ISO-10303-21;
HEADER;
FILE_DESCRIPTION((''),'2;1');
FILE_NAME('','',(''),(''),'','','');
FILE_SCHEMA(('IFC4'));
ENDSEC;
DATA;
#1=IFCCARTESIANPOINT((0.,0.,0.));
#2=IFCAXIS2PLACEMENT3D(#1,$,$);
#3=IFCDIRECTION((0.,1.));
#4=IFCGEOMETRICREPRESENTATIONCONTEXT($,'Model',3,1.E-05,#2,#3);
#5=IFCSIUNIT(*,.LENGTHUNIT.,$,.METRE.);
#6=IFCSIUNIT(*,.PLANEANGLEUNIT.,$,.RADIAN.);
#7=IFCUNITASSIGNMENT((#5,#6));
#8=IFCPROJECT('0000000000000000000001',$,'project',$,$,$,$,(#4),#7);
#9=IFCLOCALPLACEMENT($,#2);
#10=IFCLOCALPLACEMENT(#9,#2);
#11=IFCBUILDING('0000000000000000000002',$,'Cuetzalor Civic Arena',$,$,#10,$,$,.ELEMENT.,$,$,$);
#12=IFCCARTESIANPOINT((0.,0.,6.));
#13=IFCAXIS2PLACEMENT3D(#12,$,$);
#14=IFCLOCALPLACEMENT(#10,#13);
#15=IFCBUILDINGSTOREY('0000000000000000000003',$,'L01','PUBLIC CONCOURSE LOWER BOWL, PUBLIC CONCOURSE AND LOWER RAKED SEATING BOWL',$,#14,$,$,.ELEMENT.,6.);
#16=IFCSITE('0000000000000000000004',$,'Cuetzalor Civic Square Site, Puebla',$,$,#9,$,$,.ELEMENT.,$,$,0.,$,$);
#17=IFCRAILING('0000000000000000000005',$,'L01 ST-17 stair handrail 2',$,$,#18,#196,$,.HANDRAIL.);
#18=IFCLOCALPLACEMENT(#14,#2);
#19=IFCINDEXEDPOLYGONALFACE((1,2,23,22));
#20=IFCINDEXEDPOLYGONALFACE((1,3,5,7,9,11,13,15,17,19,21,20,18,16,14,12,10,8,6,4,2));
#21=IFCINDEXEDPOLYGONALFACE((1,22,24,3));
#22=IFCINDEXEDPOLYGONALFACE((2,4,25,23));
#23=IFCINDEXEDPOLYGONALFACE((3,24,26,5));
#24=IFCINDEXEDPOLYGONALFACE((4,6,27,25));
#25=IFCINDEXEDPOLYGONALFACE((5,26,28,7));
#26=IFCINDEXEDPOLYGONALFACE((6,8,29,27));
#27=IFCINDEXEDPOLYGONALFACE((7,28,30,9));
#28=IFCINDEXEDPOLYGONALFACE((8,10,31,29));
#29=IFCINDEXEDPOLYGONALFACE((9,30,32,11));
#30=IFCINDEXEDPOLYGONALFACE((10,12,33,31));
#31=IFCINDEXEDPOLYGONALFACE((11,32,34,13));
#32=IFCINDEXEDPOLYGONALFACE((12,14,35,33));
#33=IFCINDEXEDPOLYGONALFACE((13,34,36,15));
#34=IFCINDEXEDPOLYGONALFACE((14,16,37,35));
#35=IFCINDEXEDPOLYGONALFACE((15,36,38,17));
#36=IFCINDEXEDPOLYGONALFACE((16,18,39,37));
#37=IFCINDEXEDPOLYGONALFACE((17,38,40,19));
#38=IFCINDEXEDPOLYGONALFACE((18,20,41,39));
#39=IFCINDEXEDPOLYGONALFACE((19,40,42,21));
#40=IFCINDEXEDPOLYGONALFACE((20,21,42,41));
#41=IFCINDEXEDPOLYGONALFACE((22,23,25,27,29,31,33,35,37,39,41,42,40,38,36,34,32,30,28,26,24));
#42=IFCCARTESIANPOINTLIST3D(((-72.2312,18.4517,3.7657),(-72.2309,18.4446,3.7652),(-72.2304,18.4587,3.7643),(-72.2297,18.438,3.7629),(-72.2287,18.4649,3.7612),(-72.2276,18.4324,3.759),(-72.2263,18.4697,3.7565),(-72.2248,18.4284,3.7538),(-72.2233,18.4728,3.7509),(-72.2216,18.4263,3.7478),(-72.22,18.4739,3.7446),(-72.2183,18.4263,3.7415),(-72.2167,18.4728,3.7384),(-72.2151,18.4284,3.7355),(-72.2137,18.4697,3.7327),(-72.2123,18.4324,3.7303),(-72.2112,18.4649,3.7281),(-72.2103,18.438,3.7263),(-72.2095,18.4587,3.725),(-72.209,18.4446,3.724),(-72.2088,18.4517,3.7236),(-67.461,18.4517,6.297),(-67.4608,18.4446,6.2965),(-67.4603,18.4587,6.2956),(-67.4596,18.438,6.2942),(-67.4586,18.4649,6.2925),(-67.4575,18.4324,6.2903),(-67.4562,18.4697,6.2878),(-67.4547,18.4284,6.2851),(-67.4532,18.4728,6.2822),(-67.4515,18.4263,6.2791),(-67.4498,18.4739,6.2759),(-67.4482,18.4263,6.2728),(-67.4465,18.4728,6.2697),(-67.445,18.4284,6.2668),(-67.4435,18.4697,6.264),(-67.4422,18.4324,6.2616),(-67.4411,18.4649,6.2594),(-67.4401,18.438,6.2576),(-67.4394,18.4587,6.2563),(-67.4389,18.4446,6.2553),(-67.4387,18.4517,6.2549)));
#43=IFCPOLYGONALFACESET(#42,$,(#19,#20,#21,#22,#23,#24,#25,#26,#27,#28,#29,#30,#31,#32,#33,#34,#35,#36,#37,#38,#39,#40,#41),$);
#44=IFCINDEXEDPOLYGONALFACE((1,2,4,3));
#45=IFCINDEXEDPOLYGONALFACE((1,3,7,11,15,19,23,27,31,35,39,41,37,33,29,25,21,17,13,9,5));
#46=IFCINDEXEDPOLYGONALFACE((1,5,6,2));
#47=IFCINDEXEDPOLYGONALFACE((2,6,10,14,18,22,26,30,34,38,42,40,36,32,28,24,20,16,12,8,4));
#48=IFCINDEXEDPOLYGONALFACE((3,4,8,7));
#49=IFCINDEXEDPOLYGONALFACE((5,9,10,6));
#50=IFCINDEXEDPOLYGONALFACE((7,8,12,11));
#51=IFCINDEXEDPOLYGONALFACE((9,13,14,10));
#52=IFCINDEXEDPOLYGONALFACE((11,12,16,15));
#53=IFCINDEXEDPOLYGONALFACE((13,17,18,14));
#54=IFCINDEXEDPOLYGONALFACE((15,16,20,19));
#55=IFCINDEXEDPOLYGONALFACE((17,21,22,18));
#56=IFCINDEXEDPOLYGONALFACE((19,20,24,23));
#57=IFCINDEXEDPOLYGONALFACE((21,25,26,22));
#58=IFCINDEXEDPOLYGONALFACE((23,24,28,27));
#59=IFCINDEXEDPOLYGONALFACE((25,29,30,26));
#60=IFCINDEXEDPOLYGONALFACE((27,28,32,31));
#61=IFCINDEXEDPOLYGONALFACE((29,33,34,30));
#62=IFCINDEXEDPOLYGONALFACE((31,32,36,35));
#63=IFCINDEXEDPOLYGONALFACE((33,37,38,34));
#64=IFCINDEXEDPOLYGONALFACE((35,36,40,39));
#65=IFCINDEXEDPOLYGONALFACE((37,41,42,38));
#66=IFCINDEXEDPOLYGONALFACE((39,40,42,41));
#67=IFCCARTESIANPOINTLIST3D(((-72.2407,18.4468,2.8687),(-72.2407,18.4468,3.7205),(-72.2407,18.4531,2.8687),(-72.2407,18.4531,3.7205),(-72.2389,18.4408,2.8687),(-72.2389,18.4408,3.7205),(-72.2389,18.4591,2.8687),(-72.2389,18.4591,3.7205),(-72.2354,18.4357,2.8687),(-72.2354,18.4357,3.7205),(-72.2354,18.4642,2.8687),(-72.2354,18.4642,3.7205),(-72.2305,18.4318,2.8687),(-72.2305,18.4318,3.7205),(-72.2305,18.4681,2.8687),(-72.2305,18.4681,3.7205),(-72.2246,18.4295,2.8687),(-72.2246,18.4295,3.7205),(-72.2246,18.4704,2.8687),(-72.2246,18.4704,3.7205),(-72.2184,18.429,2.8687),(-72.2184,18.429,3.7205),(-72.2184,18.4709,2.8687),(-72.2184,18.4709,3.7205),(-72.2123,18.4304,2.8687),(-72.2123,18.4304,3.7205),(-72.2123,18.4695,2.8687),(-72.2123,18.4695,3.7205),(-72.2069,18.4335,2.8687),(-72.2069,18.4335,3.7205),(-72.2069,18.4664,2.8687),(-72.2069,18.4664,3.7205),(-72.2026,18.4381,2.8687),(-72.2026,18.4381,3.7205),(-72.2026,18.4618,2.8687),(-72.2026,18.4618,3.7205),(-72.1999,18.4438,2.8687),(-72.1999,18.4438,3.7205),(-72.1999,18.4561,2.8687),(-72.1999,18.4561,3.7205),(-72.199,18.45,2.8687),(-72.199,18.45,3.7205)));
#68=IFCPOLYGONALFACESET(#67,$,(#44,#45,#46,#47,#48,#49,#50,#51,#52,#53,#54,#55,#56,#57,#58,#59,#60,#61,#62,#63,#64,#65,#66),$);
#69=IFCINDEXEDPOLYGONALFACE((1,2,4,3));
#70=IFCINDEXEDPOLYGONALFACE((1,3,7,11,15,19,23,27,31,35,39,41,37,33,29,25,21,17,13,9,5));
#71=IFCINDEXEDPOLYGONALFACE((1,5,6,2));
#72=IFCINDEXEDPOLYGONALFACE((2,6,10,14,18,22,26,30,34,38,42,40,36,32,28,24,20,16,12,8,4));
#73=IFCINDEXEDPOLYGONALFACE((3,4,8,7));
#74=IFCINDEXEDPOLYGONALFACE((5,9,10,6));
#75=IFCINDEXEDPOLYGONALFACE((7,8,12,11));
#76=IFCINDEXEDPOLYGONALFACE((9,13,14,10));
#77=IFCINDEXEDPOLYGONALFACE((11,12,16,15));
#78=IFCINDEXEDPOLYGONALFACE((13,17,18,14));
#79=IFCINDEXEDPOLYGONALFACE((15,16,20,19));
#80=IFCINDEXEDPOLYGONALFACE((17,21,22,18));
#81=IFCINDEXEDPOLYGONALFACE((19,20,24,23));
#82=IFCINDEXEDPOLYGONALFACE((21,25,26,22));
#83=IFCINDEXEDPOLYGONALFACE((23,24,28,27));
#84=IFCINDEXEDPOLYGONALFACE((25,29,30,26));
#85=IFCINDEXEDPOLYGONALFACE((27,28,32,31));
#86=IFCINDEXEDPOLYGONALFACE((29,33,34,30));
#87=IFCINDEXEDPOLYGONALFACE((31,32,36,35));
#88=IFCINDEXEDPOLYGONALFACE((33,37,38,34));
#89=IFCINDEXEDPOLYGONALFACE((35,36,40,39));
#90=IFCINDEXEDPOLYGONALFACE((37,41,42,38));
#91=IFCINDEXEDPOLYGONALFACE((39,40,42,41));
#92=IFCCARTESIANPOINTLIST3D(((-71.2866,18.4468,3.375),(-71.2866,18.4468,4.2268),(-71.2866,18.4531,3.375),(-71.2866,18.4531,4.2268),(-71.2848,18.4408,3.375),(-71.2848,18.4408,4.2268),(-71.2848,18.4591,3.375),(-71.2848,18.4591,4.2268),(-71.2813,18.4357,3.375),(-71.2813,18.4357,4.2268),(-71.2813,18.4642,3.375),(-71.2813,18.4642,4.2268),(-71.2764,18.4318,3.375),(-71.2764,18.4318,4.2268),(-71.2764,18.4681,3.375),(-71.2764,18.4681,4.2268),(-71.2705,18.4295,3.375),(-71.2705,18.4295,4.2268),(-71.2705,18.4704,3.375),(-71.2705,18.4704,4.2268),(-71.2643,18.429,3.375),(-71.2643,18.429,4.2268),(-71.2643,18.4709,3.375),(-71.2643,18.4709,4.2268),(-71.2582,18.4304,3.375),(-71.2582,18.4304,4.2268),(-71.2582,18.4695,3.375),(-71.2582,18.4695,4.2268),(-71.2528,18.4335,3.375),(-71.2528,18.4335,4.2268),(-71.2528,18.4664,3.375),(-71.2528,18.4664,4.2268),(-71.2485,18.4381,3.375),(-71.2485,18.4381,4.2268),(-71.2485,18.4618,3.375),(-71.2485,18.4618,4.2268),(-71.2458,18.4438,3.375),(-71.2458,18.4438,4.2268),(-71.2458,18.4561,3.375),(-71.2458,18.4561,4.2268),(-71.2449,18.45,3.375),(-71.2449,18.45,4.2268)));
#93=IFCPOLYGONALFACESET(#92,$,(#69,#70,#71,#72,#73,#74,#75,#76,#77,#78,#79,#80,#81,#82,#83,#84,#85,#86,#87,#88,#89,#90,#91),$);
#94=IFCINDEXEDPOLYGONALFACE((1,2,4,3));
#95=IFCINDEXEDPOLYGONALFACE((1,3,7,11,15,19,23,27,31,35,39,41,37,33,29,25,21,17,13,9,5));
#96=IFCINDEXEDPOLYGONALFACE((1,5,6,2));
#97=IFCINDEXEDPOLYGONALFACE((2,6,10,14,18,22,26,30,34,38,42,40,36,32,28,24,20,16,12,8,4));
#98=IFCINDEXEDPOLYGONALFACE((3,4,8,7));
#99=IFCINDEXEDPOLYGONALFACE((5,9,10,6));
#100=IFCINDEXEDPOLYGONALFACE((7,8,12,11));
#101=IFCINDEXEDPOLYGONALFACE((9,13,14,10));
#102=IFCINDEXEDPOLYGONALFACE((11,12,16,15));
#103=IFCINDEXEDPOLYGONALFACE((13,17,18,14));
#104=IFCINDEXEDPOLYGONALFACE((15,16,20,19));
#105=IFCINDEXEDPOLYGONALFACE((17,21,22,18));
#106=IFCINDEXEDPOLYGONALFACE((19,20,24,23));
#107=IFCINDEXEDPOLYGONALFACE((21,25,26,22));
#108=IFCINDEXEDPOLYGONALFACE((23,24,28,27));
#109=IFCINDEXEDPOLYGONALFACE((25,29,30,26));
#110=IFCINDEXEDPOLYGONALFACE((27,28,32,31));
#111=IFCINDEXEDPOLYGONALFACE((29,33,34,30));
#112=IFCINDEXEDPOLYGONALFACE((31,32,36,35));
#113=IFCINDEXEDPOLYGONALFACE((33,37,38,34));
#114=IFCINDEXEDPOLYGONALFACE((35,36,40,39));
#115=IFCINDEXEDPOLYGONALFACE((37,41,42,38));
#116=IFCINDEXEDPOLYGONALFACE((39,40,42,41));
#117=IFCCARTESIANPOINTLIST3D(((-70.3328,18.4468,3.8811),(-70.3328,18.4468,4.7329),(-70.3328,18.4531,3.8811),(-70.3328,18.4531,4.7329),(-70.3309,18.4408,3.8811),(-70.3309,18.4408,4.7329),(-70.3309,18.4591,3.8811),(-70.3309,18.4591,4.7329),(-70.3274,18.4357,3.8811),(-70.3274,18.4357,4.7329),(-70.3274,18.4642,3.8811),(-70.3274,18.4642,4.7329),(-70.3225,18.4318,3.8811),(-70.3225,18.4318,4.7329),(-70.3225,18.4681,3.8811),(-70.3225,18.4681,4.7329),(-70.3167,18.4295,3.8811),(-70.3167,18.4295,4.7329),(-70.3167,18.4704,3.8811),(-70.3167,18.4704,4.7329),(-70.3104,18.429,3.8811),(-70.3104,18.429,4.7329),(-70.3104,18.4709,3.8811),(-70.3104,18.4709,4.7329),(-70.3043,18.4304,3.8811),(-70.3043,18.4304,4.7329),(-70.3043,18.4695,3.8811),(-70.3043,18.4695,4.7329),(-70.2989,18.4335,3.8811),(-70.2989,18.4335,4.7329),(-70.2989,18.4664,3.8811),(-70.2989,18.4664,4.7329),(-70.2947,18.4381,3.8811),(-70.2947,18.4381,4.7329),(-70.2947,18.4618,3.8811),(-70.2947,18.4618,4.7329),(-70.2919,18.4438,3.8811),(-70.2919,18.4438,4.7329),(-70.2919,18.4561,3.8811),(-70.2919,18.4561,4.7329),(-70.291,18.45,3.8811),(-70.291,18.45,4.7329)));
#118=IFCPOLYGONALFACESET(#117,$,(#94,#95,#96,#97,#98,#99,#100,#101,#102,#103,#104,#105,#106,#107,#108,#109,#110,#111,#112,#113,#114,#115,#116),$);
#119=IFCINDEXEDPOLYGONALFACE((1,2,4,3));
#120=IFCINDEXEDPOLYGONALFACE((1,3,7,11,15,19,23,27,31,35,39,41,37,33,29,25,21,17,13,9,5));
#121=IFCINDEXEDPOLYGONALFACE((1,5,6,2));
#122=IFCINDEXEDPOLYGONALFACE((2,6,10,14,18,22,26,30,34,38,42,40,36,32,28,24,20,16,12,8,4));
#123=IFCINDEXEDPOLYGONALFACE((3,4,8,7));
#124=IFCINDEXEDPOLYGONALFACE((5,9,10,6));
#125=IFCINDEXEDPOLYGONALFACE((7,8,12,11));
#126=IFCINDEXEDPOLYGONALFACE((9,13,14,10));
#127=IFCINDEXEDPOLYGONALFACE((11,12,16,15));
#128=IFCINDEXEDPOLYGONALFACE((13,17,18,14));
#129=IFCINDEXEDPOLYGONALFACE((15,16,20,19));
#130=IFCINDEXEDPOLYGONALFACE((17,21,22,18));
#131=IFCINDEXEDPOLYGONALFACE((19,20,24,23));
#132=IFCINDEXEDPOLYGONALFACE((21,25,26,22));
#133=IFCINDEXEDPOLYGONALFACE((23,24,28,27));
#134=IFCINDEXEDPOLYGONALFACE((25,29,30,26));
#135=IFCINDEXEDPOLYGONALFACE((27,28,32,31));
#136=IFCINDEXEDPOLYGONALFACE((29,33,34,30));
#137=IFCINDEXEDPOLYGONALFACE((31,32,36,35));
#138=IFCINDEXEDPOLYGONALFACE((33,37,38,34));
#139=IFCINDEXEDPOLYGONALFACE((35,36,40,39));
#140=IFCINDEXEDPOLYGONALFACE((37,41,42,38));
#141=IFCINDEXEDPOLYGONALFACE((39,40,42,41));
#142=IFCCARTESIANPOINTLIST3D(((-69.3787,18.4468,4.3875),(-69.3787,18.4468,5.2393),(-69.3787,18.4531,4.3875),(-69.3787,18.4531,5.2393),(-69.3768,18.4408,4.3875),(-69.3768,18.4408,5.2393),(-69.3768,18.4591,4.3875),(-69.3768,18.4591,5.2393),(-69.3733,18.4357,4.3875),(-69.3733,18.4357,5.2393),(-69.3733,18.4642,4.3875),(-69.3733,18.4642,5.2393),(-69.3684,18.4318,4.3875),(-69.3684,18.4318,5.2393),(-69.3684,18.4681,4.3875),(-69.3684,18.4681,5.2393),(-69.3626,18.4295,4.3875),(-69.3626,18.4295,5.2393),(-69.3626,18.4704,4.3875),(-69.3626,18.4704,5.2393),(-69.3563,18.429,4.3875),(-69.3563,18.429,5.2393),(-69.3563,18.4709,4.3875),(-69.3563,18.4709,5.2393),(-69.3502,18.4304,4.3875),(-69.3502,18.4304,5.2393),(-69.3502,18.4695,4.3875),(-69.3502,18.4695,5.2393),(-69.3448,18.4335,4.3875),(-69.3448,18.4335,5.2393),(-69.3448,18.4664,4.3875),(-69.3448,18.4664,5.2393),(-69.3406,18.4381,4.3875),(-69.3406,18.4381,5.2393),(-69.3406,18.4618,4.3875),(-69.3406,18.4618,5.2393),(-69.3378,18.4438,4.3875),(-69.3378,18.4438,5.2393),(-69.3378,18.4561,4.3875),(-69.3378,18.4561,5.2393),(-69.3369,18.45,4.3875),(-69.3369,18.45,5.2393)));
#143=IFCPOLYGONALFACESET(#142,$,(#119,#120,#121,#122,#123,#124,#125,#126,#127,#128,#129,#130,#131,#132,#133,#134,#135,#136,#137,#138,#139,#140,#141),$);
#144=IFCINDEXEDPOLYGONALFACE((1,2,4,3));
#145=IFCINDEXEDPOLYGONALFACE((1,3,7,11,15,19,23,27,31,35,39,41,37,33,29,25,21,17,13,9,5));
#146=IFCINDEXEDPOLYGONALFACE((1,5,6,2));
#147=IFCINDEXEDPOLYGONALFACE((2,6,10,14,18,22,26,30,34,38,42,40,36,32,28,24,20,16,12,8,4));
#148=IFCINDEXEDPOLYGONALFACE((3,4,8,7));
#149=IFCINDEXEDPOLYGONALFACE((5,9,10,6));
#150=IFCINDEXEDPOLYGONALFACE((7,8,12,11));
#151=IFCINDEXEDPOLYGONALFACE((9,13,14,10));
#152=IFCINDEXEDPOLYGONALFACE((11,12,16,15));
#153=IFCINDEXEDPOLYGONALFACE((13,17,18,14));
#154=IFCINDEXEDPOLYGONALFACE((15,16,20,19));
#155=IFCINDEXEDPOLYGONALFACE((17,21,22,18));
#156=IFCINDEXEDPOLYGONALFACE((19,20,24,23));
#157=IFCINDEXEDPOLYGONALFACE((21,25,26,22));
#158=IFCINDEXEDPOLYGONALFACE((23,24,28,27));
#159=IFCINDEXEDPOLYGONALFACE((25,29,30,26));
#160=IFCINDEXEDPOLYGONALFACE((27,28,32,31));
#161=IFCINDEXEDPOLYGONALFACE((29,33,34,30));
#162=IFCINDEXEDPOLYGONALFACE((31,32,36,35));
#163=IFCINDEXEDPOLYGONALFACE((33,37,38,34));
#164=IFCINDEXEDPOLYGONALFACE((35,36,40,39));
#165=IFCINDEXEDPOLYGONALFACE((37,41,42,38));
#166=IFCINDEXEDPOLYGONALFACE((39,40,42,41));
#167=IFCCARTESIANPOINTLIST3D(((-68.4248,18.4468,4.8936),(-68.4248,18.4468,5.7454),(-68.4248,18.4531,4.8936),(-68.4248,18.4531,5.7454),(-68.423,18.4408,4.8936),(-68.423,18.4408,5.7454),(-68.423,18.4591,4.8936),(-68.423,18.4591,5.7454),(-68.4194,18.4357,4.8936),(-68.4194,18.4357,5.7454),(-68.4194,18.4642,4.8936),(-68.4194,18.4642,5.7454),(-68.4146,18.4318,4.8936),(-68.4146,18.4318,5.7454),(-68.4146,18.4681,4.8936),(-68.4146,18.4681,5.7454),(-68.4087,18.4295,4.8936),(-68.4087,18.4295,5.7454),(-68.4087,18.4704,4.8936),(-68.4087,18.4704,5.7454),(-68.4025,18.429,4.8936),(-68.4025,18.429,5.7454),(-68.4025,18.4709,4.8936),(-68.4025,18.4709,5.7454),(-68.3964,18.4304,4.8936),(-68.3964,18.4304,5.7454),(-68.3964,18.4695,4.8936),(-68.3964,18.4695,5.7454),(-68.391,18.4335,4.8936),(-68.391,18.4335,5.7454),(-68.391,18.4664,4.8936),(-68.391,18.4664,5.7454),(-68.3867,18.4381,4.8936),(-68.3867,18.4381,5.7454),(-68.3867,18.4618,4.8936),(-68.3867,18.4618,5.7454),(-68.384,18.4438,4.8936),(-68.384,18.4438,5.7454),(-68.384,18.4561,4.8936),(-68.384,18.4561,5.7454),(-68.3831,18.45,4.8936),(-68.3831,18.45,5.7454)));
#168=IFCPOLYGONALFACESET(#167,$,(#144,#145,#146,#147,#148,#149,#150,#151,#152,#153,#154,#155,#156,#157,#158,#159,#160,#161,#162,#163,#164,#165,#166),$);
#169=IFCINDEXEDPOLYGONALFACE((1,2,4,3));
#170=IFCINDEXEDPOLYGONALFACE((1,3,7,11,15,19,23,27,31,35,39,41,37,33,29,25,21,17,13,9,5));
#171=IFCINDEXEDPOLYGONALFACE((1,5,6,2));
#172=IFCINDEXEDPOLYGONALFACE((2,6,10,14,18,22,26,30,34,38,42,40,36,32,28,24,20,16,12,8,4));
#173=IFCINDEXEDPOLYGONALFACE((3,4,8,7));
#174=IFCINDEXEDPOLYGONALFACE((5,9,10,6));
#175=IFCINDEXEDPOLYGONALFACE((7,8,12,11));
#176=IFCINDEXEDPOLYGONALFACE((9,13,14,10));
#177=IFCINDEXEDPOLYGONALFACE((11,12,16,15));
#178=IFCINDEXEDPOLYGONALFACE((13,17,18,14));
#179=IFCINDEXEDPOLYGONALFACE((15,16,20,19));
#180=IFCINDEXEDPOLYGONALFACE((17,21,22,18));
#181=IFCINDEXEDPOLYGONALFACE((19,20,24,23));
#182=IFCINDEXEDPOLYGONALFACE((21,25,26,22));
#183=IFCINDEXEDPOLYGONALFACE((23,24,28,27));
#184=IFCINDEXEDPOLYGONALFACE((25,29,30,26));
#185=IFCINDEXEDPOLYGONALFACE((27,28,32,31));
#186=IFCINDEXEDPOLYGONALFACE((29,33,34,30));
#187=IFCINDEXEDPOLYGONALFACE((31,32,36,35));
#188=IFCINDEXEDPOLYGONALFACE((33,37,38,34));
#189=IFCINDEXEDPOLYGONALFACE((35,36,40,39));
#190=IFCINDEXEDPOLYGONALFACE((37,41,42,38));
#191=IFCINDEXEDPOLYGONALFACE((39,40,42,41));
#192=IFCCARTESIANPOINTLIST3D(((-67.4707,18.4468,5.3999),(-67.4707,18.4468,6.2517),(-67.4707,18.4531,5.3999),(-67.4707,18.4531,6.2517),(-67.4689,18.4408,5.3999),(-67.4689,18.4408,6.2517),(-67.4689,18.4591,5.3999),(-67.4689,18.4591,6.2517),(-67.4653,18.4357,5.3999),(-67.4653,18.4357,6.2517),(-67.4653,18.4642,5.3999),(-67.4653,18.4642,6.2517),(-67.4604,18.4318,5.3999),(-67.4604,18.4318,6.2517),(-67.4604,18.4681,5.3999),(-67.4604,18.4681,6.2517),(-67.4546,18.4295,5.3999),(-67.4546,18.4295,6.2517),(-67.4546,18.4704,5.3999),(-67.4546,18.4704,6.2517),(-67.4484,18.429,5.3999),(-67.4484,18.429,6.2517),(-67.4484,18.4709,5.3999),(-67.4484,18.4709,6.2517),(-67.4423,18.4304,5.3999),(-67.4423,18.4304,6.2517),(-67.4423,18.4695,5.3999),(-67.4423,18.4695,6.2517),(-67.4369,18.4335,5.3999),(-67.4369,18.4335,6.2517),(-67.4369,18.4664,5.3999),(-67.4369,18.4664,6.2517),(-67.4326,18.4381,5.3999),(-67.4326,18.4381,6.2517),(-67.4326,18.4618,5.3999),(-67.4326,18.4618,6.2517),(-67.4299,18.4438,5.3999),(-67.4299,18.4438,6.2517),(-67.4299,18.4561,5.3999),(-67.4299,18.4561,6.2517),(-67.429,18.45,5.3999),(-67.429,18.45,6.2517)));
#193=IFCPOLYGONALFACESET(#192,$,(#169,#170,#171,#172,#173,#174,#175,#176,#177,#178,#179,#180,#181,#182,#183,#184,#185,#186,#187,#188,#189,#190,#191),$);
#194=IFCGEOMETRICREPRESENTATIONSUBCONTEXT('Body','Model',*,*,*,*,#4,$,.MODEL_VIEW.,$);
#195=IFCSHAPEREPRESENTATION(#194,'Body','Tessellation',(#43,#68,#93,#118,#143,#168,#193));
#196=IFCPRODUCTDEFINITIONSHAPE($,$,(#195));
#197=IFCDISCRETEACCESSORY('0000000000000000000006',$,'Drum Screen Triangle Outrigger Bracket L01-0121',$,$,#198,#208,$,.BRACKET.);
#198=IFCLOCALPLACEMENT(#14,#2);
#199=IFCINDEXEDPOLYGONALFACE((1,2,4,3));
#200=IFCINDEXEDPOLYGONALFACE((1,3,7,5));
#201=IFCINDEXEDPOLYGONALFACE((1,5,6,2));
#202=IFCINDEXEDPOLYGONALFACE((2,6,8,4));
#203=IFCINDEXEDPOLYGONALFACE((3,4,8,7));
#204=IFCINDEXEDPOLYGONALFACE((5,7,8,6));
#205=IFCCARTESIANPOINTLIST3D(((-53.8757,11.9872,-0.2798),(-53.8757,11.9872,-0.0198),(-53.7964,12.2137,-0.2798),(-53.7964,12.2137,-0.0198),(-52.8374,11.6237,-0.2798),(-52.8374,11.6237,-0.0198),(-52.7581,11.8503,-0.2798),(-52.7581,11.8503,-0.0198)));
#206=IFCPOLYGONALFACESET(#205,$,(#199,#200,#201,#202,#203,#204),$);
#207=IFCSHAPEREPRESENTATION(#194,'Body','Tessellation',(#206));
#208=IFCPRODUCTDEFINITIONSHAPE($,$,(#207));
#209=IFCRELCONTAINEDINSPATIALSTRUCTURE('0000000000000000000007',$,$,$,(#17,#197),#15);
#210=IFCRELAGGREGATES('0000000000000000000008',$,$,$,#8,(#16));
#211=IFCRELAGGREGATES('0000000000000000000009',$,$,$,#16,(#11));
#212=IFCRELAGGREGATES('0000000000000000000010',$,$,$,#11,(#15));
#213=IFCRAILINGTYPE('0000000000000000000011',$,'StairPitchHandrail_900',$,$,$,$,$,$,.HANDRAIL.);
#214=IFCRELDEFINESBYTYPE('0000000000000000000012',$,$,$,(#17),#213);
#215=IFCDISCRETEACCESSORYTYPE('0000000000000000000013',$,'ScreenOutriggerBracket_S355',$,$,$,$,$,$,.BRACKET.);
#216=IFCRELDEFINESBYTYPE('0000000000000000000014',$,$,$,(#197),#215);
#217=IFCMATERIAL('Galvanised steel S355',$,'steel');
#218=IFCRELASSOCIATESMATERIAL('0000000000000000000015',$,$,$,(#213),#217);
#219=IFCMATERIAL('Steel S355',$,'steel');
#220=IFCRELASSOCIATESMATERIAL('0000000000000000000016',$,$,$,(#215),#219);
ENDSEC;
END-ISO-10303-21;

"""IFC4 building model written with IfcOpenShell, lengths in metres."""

from ifc_helpers import new_model, si_unit, direction, frame, origin, origin_2d, place, context, subcontext, project, spatial, rectangle, circle, extrude, material, type_object, element, save


model = new_model("IFC4")

# Units and contexts
model_context = context("Model", 3, precision=1e-05, world=origin(), true_north=direction((0.0, 1.0)))
body_context = subcontext(model_context, "Body", "Model", "MODEL_VIEW")
ifc_project = project(units=[si_unit("LENGTHUNIT", "METRE"), si_unit("PLANEANGLEUNIT", "RADIAN")], contexts=[model_context])

# Site, building, storey
site_placement = place(None, origin())
site = spatial("IfcSite", under=ifc_project, at=site_placement, Name="Cuetzalor Civic Square Site, Puebla", CompositionType="ELEMENT", RefElevation=0.0)
building_placement = place(site_placement, origin())
building = spatial("IfcBuilding", under=site, at=building_placement, Name="Cuetzalor Civic Arena", CompositionType="ELEMENT")
storey_placement = place(building_placement, frame((0.0, 0.0, 6.0)))
storey = spatial("IfcBuildingStorey", under=building, at=storey_placement, Name="L01", Description="PUBLIC CONCOURSE LOWER BOWL, PUBLIC CONCOURSE AND LOWER RAKED SEATING BOWL", CompositionType="ELEMENT", Elevation=6.0)

# Railing
ifc_material_1 = material(Name="Galvanised steel S355", Category="steel")
railing_type_1 = type_object("IfcRailingType", Name="StairPitchHandrail_900", PredefinedType="HANDRAIL", material=ifc_material_1)
railing_1_placement = place(storey_placement, frame((-72.22, 18.45, 2.8687)))
element("IfcRailing", 1, at=railing_1_placement, inside=storey, type_object=railing_type_1, Name="L01 ST-17 stair handrail 2", PredefinedType="HANDRAIL", context=body_context, shape_type="SweptSolid", body=[
    extrude(circle(Radius=0.0239, at=origin_2d()), frame((0.0, 0.0, 0.876), z_axis=(0.883332, 0.0, 0.468747), x_axis=(0.0, 1.0, 0.0)), (0.0, 0.0, 1.0), 5.4001),
    extrude(circle(Radius=0.021, at=origin_2d()), origin(), (0.0, 0.0, 1.0), 0.8518),
    extrude(circle(Radius=0.021, at=origin_2d()), frame((0.9541, 0.0, 0.5063)), (0.0, 0.0, 1.0), 0.8518),
    extrude(circle(Radius=0.021, at=origin_2d()), frame((1.908, 0.0, 1.0125)), (0.0, 0.0, 1.0), 0.8518),
    extrude(circle(Radius=0.021, at=origin_2d()), frame((2.8621, 0.0, 1.5188)), (0.0, 0.0, 1.0), 0.8518),
    extrude(circle(Radius=0.021, at=origin_2d()), frame((3.8159, 0.0, 2.0249)), (0.0, 0.0, 1.0), 0.8518),
    extrude(circle(Radius=0.021, at=origin_2d()), frame((4.77, 0.0, 2.5312)), (0.0, 0.0, 1.0), 0.8518),
])

# Discrete accessory
ifc_material_2 = material(Name="Steel S355", Category="steel")
discrete_accessory_type = type_object("IfcDiscreteAccessoryType", Name="ScreenOutriggerBracket_S355", PredefinedType="BRACKET", material=ifc_material_2)
discrete_accessory_placement = place(storey_placement, frame((-53.3169, 11.9187, -0.2798), z_axis=(0.0, 0.0, 1.0), x_axis=(-0.943859, 0.33035, 0.0)))
element("IfcDiscreteAccessory", 2, at=discrete_accessory_placement, inside=storey, type_object=discrete_accessory_type, Name="Drum Screen Triangle Outrigger Bracket L01-0121", PredefinedType="BRACKET", context=body_context, shape_type="SweptSolid", body=[
    extrude(rectangle(XDim=1.1001, YDim=0.24, at=origin_2d()), origin(), (0.0, 0.0, 1.0), 0.26),
])

save(model, "model.ifc")
